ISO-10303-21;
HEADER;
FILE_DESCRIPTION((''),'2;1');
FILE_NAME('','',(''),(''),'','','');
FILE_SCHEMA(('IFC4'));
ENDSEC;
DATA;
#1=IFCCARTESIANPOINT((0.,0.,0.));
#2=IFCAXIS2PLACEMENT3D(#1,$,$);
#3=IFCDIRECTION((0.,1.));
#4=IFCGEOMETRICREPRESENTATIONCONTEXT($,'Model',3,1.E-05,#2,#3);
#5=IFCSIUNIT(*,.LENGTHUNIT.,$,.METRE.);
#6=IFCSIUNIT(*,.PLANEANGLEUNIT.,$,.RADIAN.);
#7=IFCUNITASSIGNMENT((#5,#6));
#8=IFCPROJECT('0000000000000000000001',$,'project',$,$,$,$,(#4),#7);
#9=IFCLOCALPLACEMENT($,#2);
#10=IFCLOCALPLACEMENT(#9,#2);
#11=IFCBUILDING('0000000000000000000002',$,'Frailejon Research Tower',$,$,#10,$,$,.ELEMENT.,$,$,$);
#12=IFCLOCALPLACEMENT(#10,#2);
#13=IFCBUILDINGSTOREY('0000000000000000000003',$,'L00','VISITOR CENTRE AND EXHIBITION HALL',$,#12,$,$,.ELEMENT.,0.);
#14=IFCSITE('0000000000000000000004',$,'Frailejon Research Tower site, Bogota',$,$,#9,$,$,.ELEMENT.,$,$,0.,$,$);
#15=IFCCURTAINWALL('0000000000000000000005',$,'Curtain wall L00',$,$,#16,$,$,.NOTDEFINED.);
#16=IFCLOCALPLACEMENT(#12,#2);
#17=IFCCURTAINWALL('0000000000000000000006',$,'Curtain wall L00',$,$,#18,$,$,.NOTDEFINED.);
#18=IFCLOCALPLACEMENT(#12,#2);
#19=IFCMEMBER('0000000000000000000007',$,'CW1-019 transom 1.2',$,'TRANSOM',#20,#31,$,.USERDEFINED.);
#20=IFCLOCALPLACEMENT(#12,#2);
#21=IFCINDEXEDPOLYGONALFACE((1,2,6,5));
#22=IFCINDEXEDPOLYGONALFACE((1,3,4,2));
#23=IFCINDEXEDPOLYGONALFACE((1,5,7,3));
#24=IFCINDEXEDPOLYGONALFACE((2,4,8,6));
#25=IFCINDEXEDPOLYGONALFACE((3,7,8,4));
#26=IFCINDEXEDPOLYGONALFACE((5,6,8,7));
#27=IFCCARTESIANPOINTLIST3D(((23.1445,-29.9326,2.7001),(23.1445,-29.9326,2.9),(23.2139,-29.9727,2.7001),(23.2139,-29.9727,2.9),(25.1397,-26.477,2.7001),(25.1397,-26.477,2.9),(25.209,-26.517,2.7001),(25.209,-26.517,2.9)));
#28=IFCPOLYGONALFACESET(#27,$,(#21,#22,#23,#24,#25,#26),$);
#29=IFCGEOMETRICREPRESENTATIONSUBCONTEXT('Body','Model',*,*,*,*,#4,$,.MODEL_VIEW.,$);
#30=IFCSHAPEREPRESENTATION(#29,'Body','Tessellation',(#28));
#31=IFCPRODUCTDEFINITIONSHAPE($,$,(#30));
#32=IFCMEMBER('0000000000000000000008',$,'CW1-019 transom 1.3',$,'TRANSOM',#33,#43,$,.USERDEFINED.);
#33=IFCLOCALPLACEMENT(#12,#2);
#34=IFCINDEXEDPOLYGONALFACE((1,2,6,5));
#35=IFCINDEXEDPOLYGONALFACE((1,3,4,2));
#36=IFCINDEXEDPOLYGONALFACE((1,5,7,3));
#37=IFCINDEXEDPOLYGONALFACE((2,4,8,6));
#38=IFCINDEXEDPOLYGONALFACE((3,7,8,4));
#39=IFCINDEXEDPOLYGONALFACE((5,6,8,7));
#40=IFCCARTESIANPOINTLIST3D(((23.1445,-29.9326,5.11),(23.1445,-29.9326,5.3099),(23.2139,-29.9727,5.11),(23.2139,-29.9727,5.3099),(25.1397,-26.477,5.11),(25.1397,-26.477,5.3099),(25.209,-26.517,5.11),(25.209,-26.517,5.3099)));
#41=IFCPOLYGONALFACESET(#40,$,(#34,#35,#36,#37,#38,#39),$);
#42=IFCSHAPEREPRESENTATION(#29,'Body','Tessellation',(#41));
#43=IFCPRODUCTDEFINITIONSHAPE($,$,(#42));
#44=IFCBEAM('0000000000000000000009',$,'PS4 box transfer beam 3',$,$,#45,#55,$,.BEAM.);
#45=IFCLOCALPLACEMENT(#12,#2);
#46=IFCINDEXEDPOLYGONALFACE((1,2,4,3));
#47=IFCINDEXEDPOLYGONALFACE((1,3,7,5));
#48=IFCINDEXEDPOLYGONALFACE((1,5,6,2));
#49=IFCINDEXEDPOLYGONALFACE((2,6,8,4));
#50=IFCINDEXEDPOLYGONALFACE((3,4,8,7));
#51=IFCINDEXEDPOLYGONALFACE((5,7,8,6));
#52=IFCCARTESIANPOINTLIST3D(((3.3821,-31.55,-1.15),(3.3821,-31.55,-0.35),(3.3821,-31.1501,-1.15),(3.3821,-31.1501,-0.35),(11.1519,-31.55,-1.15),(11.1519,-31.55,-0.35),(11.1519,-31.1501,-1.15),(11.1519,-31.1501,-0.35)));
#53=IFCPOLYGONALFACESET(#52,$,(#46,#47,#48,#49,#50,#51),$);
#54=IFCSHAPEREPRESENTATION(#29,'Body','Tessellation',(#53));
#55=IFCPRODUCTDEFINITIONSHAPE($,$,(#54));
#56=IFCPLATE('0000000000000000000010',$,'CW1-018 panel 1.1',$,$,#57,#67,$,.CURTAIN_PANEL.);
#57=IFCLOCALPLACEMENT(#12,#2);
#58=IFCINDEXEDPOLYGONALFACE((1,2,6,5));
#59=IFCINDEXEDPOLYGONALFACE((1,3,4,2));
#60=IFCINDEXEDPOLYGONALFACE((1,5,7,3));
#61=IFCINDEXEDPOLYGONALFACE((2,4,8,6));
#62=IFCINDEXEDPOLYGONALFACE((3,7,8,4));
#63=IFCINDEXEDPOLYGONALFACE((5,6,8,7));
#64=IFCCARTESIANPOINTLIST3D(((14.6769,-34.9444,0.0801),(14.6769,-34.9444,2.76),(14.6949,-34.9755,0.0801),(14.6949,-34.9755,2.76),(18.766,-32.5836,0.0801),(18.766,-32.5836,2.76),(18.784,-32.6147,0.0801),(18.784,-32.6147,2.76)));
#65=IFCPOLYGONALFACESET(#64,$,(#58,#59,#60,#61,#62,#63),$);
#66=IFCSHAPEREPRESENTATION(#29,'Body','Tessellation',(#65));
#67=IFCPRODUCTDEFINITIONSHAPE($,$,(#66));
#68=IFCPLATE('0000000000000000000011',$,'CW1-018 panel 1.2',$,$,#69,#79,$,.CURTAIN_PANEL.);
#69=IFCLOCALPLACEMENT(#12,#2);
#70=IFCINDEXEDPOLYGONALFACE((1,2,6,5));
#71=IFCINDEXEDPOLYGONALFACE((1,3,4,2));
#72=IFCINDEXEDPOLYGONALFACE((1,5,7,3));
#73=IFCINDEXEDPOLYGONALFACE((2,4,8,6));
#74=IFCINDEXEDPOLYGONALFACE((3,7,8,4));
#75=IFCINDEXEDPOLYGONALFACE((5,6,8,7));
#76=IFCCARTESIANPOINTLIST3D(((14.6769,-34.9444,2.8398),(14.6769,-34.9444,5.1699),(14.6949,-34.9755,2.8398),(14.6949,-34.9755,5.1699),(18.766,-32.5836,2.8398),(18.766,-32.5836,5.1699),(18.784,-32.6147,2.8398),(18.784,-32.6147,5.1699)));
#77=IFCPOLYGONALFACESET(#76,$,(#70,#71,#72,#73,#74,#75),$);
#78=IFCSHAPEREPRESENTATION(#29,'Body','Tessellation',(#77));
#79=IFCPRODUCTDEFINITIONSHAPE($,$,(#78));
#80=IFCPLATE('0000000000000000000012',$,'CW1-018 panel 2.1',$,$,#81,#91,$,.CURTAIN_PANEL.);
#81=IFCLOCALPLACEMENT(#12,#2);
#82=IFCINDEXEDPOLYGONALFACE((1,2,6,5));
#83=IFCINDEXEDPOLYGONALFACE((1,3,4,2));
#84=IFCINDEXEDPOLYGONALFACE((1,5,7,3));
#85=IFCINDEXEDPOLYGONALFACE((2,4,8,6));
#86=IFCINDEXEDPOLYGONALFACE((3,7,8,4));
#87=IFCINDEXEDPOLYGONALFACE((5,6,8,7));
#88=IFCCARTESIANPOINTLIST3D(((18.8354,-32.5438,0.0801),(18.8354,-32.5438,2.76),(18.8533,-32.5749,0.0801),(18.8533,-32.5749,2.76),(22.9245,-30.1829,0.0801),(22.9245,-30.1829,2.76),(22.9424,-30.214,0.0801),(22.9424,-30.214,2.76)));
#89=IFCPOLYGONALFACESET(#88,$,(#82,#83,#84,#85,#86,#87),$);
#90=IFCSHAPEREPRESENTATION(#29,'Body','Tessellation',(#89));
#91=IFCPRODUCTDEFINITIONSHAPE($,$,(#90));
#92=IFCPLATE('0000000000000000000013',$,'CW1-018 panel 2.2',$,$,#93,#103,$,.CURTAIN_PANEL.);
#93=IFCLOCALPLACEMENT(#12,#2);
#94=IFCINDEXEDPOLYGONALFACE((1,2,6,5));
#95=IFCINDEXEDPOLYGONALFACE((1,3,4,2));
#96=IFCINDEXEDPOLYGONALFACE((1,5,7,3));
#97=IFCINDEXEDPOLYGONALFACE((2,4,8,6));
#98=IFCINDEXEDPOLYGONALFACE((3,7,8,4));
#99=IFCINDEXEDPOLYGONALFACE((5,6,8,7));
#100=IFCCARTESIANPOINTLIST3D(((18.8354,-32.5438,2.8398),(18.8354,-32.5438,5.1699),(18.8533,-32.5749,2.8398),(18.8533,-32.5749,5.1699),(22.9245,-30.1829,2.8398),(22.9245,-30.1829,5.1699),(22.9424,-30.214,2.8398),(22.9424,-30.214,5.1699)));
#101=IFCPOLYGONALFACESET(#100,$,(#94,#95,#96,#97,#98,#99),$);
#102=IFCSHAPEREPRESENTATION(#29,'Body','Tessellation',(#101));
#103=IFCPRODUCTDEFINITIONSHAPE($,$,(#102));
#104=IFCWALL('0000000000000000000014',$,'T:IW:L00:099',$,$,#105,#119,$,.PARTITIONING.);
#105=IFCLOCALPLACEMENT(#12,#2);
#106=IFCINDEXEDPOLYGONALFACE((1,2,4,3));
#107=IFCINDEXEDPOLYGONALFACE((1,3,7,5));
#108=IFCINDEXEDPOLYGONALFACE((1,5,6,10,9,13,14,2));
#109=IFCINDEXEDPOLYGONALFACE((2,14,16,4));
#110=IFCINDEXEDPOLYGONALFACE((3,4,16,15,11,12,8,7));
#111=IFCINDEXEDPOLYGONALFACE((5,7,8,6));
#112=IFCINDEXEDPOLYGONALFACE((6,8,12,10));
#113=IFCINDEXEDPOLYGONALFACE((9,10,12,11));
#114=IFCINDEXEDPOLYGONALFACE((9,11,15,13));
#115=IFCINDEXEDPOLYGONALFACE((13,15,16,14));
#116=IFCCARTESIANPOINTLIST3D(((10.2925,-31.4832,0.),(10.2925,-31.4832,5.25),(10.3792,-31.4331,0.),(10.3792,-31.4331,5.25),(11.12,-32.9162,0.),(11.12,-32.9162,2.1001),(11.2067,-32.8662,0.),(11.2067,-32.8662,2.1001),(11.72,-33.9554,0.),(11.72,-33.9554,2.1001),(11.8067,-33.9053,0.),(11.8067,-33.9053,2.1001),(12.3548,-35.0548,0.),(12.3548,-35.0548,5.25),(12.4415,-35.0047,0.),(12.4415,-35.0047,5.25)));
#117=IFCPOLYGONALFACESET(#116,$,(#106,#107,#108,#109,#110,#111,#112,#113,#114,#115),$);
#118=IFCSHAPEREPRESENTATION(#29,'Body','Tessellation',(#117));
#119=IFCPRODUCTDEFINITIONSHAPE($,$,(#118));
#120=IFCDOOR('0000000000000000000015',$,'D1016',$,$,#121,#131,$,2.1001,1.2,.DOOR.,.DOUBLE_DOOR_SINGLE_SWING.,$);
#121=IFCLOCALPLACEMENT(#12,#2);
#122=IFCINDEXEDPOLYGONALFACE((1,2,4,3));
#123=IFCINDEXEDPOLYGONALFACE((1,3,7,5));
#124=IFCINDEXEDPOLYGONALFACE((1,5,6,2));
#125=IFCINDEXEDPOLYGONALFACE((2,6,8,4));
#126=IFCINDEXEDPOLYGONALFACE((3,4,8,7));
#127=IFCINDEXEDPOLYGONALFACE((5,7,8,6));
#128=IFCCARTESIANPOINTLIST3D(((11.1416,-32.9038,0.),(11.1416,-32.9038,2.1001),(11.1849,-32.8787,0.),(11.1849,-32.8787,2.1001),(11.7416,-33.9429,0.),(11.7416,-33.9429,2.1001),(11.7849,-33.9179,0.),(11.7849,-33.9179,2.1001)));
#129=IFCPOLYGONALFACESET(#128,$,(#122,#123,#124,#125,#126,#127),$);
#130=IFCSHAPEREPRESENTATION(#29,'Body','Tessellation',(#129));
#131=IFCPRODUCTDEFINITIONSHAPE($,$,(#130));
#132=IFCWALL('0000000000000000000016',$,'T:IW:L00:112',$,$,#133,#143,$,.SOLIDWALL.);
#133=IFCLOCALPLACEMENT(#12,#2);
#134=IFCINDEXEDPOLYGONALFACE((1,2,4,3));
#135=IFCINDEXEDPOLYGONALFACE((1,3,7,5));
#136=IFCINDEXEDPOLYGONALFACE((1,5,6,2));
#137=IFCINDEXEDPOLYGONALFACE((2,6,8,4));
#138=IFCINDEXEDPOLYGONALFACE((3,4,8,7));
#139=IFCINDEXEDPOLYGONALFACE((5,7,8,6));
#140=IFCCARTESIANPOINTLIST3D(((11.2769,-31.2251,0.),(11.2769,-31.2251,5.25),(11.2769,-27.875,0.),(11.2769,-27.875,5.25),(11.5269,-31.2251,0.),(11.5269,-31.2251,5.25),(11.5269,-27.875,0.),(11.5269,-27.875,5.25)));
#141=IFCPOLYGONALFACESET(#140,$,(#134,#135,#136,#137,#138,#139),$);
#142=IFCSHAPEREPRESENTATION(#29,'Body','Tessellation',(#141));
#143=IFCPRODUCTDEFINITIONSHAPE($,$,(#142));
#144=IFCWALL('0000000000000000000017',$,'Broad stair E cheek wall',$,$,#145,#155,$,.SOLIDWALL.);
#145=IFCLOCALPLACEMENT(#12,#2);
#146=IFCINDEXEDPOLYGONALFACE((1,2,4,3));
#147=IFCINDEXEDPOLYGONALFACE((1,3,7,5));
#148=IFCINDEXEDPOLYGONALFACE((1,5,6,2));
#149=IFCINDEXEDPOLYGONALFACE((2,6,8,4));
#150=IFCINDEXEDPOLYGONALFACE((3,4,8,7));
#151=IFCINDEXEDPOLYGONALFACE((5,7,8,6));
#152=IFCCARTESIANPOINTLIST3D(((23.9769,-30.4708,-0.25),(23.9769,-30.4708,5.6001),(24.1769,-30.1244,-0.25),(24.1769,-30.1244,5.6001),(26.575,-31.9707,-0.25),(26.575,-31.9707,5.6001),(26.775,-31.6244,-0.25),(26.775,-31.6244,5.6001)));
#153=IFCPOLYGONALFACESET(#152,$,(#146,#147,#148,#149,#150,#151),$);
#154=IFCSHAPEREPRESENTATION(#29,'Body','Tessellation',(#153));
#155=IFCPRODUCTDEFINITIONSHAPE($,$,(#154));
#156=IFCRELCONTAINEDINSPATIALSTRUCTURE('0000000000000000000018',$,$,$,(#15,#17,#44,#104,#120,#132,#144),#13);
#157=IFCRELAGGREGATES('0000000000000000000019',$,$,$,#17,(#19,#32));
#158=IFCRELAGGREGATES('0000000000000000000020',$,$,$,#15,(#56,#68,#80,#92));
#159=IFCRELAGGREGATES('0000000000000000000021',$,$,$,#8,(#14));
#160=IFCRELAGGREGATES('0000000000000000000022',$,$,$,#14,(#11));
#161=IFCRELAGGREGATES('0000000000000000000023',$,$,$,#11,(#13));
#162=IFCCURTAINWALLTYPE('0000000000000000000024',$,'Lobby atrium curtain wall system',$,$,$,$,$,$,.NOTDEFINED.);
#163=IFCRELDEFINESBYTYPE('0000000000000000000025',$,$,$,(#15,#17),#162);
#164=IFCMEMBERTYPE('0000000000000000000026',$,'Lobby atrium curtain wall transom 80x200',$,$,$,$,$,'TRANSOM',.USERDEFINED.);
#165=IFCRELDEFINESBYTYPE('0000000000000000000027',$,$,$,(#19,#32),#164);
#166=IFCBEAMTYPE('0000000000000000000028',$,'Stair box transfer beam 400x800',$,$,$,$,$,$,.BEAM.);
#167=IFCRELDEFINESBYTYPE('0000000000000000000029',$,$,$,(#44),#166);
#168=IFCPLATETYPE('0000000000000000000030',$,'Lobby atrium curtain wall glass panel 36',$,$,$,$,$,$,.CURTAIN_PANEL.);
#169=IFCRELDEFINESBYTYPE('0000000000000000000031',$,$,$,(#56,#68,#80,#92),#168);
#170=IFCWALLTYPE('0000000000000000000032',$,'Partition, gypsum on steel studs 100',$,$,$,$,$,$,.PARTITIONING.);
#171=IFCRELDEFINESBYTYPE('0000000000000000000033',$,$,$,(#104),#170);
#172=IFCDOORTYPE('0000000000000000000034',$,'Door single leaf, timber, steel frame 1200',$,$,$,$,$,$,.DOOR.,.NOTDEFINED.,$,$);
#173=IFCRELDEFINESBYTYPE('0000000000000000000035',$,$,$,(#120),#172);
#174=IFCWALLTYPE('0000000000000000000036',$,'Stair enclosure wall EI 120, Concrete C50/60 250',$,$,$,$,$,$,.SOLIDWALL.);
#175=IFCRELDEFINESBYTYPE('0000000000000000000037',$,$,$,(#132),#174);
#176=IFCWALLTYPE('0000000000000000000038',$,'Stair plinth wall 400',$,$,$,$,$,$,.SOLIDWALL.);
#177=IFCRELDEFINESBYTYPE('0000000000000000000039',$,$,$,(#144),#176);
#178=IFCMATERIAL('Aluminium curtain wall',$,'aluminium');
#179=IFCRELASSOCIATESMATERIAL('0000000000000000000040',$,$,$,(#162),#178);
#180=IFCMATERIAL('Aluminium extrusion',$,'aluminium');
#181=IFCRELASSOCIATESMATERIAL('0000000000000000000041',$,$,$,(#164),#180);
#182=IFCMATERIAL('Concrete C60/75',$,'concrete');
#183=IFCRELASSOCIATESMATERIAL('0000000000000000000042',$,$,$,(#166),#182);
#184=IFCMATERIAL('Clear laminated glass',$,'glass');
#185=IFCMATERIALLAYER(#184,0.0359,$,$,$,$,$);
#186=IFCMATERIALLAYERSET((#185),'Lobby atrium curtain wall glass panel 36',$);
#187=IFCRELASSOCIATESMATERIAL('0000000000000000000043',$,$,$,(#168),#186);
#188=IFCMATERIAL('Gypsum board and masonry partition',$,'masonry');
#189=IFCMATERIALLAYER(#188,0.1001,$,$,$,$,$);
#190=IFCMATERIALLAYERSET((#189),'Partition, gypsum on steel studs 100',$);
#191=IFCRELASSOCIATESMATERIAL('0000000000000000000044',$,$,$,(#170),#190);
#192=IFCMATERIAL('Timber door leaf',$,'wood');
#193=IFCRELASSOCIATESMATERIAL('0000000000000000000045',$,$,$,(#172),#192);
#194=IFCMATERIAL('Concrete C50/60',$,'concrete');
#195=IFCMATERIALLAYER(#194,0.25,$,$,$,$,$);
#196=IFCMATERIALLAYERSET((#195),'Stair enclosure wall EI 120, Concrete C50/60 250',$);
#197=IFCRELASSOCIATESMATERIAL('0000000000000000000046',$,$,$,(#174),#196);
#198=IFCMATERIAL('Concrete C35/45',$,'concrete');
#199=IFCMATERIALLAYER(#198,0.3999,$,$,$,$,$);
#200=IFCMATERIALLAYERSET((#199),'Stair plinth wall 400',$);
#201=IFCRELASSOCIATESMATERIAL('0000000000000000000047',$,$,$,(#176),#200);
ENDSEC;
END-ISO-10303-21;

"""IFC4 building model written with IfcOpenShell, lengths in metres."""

from ifc_helpers import new_model, si_unit, direction, frame, frame_2d, origin, origin_2d, place, context, subcontext, project, spatial, rectangle, extrude, material, layer, layer_set, material_profile, profile_set, type_object, element, fill, aggregate, save


model = new_model("IFC4")

# Units and contexts
model_context = context("Model", 3, precision=1e-05, world=origin(), true_north=direction((0.0, 1.0)))
body_context = subcontext(model_context, "Body", "Model", "MODEL_VIEW")
ifc_project = project(units=[si_unit("LENGTHUNIT", "METRE"), si_unit("PLANEANGLEUNIT", "RADIAN")], contexts=[model_context])

# Site, building, storey
site_placement = place(None, origin())
site = spatial("IfcSite", under=ifc_project, at=site_placement, Name="Frailejon Research Tower site, Bogota", CompositionType="ELEMENT", RefElevation=0.0)
building_placement = place(site_placement, origin())
building = spatial("IfcBuilding", under=site, at=building_placement, Name="Frailejon Research Tower", CompositionType="ELEMENT")
storey_placement = place(building_placement, origin())
storey = spatial("IfcBuildingStorey", under=building, at=storey_placement, Name="L00", Description="VISITOR CENTRE AND EXHIBITION HALL", CompositionType="ELEMENT", Elevation=0.0)

# Shared definitions
ifc_material_1 = material(Name="Aluminium curtain wall", Category="aluminium")
curtain_wall_type = type_object("IfcCurtainWallType", Name="Lobby atrium curtain wall system", PredefinedType="NOTDEFINED", material=ifc_material_1)

# Curtain wall
curtain_wall_1_placement = place(storey_placement, origin())
curtain_wall_1 = element("IfcCurtainWall", 1, at=curtain_wall_1_placement, inside=storey, type_object=curtain_wall_type, Name="Curtain wall L00", PredefinedType="NOTDEFINED")

# Curtain wall
curtain_wall_2_placement = place(storey_placement, origin())
curtain_wall_2 = element("IfcCurtainWall", 2, at=curtain_wall_2_placement, inside=storey, type_object=curtain_wall_type, Name="Curtain wall L00", PredefinedType="NOTDEFINED")

# Members
ifc_material_2 = material(Name="Aluminium extrusion", Category="aluminium")
ifc_material_profile_1 = material_profile(ifc_material_2, rectangle(XDim=0.0801, YDim=0.2, at=origin_2d()), Name="Lobby atrium curtain wall transom 80x200")
ifc_profile_set_1 = profile_set([ifc_material_profile_1], Name="Aluminium extrusion")
member_type_1 = type_object("IfcMemberType", Name="Lobby atrium curtain wall transom 80x200", ElementType="TRANSOM", PredefinedType="USERDEFINED", material=ifc_profile_set_1)
member_1_placement = place(storey_placement, frame((23.1792, -29.9526, 2.8), z_axis=(0.500008, 0.866021, 0.0), x_axis=(-0.866021, 0.500008, 0.0)))
member_1 = element("IfcMember", 3, at=member_1_placement, type_object=member_type_1, Name="CW1-019 transom 1.2", ObjectType="TRANSOM", PredefinedType="USERDEFINED", context=body_context, shape_type="SweptSolid", body=[
    extrude(rectangle(XDim=0.0801, YDim=0.2, at=origin_2d()), origin(), (0.0, 0.0, 1.0), 3.9902),
])
member_2_placement = place(storey_placement, frame((23.1792, -29.9526, 5.21), z_axis=(0.500008, 0.866021, 0.0), x_axis=(-0.866021, 0.500008, 0.0)))
member_2 = element("IfcMember", 4, at=member_2_placement, type_object=member_type_1, Name="CW1-019 transom 1.3", ObjectType="TRANSOM", PredefinedType="USERDEFINED", context=body_context, shape_type="SweptSolid", body=[
    extrude(rectangle(XDim=0.0801, YDim=0.2, at=origin_2d()), origin(), (0.0, 0.0, 1.0), 3.9902),
])
aggregate(curtain_wall_2, [member_1, member_2])

# Beam
ifc_material_3 = material(Name="Concrete C60/75", Category="concrete")
ifc_material_profile_2 = material_profile(ifc_material_3, rectangle(XDim=0.3999, YDim=0.8, at=origin_2d()), Name="Stair box transfer beam 400x800")
ifc_profile_set_2 = profile_set([ifc_material_profile_2], Name="Concrete C60/75")
beam_type = type_object("IfcBeamType", Name="Stair box transfer beam 400x800", PredefinedType="BEAM", material=ifc_profile_set_2)
beam_placement = place(storey_placement, frame((11.1519, -31.3501, -0.75), z_axis=(-1.0, 0.0, 0.0), x_axis=(0.0, -1.0, 0.0)))
element("IfcBeam", 5, at=beam_placement, inside=storey, type_object=beam_type, Name="PS4 box transfer beam 3", PredefinedType="BEAM", context=body_context, shape_type="SweptSolid", body=[
    extrude(rectangle(XDim=0.3999, YDim=0.8, at=origin_2d()), origin(), (0.0, 0.0, 1.0), 7.7698),
])

# Plates
ifc_material_4 = material(Name="Clear laminated glass", Category="glass")
ifc_layer_1 = layer(ifc_material_4, 0.0359)
ifc_layer_set_1 = layer_set([ifc_layer_1], Name="Lobby atrium curtain wall glass panel 36")
plate_type = type_object("IfcPlateType", Name="Lobby atrium curtain wall glass panel 36", PredefinedType="CURTAIN_PANEL", material=ifc_layer_set_1)
plate_1_placement = place(storey_placement, frame((16.7305, -33.7795, 0.0801), z_axis=(0.0, 0.0, 1.0), x_axis=(0.866025, 0.5, 0.0)))
plate_1 = element("IfcPlate", 6, at=plate_1_placement, type_object=plate_type, Name="CW1-018 panel 1.1", PredefinedType="CURTAIN_PANEL", context=body_context, shape_type="SweptSolid", body=[
    extrude(rectangle(XDim=4.7217, YDim=0.0359, at=origin_2d()), origin(), (0.0, 0.0, 1.0), 2.6799),
])
plate_2_placement = place(storey_placement, frame((16.7305, -33.7795, 2.8398), z_axis=(0.0, 0.0, 1.0), x_axis=(0.866025, 0.5, 0.0)))
plate_2 = element("IfcPlate", 7, at=plate_2_placement, type_object=plate_type, Name="CW1-018 panel 1.2", PredefinedType="CURTAIN_PANEL", context=body_context, shape_type="SweptSolid", body=[
    extrude(rectangle(XDim=4.7217, YDim=0.0359, at=origin_2d()), origin(), (0.0, 0.0, 1.0), 2.3301),
])
plate_3_placement = place(storey_placement, frame((20.8889, -31.3789, 0.0801), z_axis=(0.0, 0.0, 1.0), x_axis=(0.866025, 0.5, 0.0)))
plate_3 = element("IfcPlate", 8, at=plate_3_placement, type_object=plate_type, Name="CW1-018 panel 2.1", PredefinedType="CURTAIN_PANEL", context=body_context, shape_type="SweptSolid", body=[
    extrude(rectangle(XDim=4.7217, YDim=0.0359, at=origin_2d()), origin(), (0.0, 0.0, 1.0), 2.6799),
])
plate_4_placement = place(storey_placement, frame((20.8889, -31.3789, 2.8398), z_axis=(0.0, 0.0, 1.0), x_axis=(0.866025, 0.5, 0.0)))
plate_4 = element("IfcPlate", 9, at=plate_4_placement, type_object=plate_type, Name="CW1-018 panel 2.2", PredefinedType="CURTAIN_PANEL", context=body_context, shape_type="SweptSolid", body=[
    extrude(rectangle(XDim=4.7217, YDim=0.0359, at=origin_2d()), origin(), (0.0, 0.0, 1.0), 2.3301),
])
aggregate(curtain_wall_1, [plate_1, plate_2, plate_3, plate_4])

# Wall, opening, door
ifc_material_5 = material(Name="Gypsum board and masonry partition", Category="masonry")
ifc_layer_2 = layer(ifc_material_5, 0.1001)
ifc_layer_set_2 = layer_set([ifc_layer_2], Name="Partition, gypsum on steel studs 100")
wall_type_1 = type_object("IfcWallType", Name="Partition, gypsum on steel studs 100", PredefinedType="PARTITIONING", material=ifc_layer_set_2)
wall_1_placement = place(storey_placement, frame((10.3359, -31.4583, 0.0), z_axis=(0.0, 0.0, 1.0), x_axis=(0.500042, -0.866001, 0.0)))
wall_1 = element("IfcWall", 10, at=wall_1_placement, inside=storey, type_object=wall_type_1, Name="T:IW:L00:099", PredefinedType="PARTITIONING", context=body_context, shape_type="SweptSolid", body=[
    extrude(rectangle(XDim=4.1243, YDim=0.1001, at=frame_2d((2.062, 0.0))), origin(), (0.0, 0.0, 1.0), 5.25),
])
opening_placement = place(wall_1_placement, frame((1.6545, 0.0, 0.0)))
opening = element("IfcOpeningElement", 11, at=opening_placement, cuts=wall_1, PredefinedType="OPENING", context=body_context, shape_type="SweptSolid", body=[
    extrude(rectangle(XDim=1.2, YDim=2.1001, at=frame_2d((0.6001, 1.05))), frame((0.0, 0.0601, 0.0), z_axis=(0.0, -1.0, 0.0), x_axis=(1.0, 0.0, 0.0)), (0.0, 0.0, 1.0), 0.1201),
])
ifc_material_6 = material(Name="Timber door leaf", Category="wood")
door_type = type_object("IfcDoorType", Name="Door single leaf, timber, steel frame 1200", OperationType="NOTDEFINED", PredefinedType="DOOR", material=ifc_material_6)
door_placement = place(opening_placement, origin())
door = element("IfcDoor", 12, at=door_placement, inside=storey, type_object=door_type, Name="D1016", OperationType="DOUBLE_DOOR_SINGLE_SWING", OverallHeight=2.1001, OverallWidth=1.2, PredefinedType="DOOR", context=body_context, shape_type="SweptSolid", body=[
    extrude(rectangle(XDim=1.2, YDim=2.1001, at=frame_2d((0.6001, 1.05))), frame((0.0, 0.0249, 0.0), z_axis=(0.0, -1.0, 0.0), x_axis=(1.0, 0.0, 0.0)), (0.0, 0.0, 1.0), 0.05),
])
fill(opening, door)

# Walls
ifc_material_7 = material(Name="Concrete C50/60", Category="concrete")
ifc_layer_3 = layer(ifc_material_7, 0.25)
ifc_layer_set_3 = layer_set([ifc_layer_3], Name="Stair enclosure wall EI 120, Concrete C50/60 250")
wall_type_2 = type_object("IfcWallType", Name="Stair enclosure wall EI 120, Concrete C50/60 250", PredefinedType="SOLIDWALL", material=ifc_layer_set_3)
wall_2_placement = place(storey_placement, frame((11.4019, -31.2251, 0.0), z_axis=(0.0, 0.0, 1.0), x_axis=(0.0, 1.0, 0.0)))
element("IfcWall", 13, at=wall_2_placement, inside=storey, type_object=wall_type_2, Name="T:IW:L00:112", PredefinedType="SOLIDWALL", context=body_context, shape_type="SweptSolid", body=[
    extrude(rectangle(XDim=3.3501, YDim=0.25, at=frame_2d((1.675, 0.0))), origin(), (0.0, 0.0, 1.0), 5.25),
])
ifc_material_8 = material(Name="Concrete C35/45", Category="concrete")
ifc_layer_4 = layer(ifc_material_8, 0.3999)
ifc_layer_set_4 = layer_set([ifc_layer_4], Name="Stair plinth wall 400")
wall_type_3 = type_object("IfcWallType", Name="Stair plinth wall 400", PredefinedType="SOLIDWALL", material=ifc_layer_set_4)
wall_3_placement = place(storey_placement, frame((24.0769, -30.2976, -0.25), z_axis=(0.0, 0.0, 1.0), x_axis=(0.866031, -0.49999, 0.0)))
element("IfcWall", 14, at=wall_3_placement, inside=storey, type_object=wall_type_3, Name="Broad stair E cheek wall", PredefinedType="SOLIDWALL", context=body_context, shape_type="SweptSolid", body=[
    extrude(rectangle(XDim=3.0, YDim=0.3999, at=frame_2d((1.5, 0.0))), origin(), (0.0, 0.0, 1.0), 5.8501),
])

save(model, "model.ifc")
